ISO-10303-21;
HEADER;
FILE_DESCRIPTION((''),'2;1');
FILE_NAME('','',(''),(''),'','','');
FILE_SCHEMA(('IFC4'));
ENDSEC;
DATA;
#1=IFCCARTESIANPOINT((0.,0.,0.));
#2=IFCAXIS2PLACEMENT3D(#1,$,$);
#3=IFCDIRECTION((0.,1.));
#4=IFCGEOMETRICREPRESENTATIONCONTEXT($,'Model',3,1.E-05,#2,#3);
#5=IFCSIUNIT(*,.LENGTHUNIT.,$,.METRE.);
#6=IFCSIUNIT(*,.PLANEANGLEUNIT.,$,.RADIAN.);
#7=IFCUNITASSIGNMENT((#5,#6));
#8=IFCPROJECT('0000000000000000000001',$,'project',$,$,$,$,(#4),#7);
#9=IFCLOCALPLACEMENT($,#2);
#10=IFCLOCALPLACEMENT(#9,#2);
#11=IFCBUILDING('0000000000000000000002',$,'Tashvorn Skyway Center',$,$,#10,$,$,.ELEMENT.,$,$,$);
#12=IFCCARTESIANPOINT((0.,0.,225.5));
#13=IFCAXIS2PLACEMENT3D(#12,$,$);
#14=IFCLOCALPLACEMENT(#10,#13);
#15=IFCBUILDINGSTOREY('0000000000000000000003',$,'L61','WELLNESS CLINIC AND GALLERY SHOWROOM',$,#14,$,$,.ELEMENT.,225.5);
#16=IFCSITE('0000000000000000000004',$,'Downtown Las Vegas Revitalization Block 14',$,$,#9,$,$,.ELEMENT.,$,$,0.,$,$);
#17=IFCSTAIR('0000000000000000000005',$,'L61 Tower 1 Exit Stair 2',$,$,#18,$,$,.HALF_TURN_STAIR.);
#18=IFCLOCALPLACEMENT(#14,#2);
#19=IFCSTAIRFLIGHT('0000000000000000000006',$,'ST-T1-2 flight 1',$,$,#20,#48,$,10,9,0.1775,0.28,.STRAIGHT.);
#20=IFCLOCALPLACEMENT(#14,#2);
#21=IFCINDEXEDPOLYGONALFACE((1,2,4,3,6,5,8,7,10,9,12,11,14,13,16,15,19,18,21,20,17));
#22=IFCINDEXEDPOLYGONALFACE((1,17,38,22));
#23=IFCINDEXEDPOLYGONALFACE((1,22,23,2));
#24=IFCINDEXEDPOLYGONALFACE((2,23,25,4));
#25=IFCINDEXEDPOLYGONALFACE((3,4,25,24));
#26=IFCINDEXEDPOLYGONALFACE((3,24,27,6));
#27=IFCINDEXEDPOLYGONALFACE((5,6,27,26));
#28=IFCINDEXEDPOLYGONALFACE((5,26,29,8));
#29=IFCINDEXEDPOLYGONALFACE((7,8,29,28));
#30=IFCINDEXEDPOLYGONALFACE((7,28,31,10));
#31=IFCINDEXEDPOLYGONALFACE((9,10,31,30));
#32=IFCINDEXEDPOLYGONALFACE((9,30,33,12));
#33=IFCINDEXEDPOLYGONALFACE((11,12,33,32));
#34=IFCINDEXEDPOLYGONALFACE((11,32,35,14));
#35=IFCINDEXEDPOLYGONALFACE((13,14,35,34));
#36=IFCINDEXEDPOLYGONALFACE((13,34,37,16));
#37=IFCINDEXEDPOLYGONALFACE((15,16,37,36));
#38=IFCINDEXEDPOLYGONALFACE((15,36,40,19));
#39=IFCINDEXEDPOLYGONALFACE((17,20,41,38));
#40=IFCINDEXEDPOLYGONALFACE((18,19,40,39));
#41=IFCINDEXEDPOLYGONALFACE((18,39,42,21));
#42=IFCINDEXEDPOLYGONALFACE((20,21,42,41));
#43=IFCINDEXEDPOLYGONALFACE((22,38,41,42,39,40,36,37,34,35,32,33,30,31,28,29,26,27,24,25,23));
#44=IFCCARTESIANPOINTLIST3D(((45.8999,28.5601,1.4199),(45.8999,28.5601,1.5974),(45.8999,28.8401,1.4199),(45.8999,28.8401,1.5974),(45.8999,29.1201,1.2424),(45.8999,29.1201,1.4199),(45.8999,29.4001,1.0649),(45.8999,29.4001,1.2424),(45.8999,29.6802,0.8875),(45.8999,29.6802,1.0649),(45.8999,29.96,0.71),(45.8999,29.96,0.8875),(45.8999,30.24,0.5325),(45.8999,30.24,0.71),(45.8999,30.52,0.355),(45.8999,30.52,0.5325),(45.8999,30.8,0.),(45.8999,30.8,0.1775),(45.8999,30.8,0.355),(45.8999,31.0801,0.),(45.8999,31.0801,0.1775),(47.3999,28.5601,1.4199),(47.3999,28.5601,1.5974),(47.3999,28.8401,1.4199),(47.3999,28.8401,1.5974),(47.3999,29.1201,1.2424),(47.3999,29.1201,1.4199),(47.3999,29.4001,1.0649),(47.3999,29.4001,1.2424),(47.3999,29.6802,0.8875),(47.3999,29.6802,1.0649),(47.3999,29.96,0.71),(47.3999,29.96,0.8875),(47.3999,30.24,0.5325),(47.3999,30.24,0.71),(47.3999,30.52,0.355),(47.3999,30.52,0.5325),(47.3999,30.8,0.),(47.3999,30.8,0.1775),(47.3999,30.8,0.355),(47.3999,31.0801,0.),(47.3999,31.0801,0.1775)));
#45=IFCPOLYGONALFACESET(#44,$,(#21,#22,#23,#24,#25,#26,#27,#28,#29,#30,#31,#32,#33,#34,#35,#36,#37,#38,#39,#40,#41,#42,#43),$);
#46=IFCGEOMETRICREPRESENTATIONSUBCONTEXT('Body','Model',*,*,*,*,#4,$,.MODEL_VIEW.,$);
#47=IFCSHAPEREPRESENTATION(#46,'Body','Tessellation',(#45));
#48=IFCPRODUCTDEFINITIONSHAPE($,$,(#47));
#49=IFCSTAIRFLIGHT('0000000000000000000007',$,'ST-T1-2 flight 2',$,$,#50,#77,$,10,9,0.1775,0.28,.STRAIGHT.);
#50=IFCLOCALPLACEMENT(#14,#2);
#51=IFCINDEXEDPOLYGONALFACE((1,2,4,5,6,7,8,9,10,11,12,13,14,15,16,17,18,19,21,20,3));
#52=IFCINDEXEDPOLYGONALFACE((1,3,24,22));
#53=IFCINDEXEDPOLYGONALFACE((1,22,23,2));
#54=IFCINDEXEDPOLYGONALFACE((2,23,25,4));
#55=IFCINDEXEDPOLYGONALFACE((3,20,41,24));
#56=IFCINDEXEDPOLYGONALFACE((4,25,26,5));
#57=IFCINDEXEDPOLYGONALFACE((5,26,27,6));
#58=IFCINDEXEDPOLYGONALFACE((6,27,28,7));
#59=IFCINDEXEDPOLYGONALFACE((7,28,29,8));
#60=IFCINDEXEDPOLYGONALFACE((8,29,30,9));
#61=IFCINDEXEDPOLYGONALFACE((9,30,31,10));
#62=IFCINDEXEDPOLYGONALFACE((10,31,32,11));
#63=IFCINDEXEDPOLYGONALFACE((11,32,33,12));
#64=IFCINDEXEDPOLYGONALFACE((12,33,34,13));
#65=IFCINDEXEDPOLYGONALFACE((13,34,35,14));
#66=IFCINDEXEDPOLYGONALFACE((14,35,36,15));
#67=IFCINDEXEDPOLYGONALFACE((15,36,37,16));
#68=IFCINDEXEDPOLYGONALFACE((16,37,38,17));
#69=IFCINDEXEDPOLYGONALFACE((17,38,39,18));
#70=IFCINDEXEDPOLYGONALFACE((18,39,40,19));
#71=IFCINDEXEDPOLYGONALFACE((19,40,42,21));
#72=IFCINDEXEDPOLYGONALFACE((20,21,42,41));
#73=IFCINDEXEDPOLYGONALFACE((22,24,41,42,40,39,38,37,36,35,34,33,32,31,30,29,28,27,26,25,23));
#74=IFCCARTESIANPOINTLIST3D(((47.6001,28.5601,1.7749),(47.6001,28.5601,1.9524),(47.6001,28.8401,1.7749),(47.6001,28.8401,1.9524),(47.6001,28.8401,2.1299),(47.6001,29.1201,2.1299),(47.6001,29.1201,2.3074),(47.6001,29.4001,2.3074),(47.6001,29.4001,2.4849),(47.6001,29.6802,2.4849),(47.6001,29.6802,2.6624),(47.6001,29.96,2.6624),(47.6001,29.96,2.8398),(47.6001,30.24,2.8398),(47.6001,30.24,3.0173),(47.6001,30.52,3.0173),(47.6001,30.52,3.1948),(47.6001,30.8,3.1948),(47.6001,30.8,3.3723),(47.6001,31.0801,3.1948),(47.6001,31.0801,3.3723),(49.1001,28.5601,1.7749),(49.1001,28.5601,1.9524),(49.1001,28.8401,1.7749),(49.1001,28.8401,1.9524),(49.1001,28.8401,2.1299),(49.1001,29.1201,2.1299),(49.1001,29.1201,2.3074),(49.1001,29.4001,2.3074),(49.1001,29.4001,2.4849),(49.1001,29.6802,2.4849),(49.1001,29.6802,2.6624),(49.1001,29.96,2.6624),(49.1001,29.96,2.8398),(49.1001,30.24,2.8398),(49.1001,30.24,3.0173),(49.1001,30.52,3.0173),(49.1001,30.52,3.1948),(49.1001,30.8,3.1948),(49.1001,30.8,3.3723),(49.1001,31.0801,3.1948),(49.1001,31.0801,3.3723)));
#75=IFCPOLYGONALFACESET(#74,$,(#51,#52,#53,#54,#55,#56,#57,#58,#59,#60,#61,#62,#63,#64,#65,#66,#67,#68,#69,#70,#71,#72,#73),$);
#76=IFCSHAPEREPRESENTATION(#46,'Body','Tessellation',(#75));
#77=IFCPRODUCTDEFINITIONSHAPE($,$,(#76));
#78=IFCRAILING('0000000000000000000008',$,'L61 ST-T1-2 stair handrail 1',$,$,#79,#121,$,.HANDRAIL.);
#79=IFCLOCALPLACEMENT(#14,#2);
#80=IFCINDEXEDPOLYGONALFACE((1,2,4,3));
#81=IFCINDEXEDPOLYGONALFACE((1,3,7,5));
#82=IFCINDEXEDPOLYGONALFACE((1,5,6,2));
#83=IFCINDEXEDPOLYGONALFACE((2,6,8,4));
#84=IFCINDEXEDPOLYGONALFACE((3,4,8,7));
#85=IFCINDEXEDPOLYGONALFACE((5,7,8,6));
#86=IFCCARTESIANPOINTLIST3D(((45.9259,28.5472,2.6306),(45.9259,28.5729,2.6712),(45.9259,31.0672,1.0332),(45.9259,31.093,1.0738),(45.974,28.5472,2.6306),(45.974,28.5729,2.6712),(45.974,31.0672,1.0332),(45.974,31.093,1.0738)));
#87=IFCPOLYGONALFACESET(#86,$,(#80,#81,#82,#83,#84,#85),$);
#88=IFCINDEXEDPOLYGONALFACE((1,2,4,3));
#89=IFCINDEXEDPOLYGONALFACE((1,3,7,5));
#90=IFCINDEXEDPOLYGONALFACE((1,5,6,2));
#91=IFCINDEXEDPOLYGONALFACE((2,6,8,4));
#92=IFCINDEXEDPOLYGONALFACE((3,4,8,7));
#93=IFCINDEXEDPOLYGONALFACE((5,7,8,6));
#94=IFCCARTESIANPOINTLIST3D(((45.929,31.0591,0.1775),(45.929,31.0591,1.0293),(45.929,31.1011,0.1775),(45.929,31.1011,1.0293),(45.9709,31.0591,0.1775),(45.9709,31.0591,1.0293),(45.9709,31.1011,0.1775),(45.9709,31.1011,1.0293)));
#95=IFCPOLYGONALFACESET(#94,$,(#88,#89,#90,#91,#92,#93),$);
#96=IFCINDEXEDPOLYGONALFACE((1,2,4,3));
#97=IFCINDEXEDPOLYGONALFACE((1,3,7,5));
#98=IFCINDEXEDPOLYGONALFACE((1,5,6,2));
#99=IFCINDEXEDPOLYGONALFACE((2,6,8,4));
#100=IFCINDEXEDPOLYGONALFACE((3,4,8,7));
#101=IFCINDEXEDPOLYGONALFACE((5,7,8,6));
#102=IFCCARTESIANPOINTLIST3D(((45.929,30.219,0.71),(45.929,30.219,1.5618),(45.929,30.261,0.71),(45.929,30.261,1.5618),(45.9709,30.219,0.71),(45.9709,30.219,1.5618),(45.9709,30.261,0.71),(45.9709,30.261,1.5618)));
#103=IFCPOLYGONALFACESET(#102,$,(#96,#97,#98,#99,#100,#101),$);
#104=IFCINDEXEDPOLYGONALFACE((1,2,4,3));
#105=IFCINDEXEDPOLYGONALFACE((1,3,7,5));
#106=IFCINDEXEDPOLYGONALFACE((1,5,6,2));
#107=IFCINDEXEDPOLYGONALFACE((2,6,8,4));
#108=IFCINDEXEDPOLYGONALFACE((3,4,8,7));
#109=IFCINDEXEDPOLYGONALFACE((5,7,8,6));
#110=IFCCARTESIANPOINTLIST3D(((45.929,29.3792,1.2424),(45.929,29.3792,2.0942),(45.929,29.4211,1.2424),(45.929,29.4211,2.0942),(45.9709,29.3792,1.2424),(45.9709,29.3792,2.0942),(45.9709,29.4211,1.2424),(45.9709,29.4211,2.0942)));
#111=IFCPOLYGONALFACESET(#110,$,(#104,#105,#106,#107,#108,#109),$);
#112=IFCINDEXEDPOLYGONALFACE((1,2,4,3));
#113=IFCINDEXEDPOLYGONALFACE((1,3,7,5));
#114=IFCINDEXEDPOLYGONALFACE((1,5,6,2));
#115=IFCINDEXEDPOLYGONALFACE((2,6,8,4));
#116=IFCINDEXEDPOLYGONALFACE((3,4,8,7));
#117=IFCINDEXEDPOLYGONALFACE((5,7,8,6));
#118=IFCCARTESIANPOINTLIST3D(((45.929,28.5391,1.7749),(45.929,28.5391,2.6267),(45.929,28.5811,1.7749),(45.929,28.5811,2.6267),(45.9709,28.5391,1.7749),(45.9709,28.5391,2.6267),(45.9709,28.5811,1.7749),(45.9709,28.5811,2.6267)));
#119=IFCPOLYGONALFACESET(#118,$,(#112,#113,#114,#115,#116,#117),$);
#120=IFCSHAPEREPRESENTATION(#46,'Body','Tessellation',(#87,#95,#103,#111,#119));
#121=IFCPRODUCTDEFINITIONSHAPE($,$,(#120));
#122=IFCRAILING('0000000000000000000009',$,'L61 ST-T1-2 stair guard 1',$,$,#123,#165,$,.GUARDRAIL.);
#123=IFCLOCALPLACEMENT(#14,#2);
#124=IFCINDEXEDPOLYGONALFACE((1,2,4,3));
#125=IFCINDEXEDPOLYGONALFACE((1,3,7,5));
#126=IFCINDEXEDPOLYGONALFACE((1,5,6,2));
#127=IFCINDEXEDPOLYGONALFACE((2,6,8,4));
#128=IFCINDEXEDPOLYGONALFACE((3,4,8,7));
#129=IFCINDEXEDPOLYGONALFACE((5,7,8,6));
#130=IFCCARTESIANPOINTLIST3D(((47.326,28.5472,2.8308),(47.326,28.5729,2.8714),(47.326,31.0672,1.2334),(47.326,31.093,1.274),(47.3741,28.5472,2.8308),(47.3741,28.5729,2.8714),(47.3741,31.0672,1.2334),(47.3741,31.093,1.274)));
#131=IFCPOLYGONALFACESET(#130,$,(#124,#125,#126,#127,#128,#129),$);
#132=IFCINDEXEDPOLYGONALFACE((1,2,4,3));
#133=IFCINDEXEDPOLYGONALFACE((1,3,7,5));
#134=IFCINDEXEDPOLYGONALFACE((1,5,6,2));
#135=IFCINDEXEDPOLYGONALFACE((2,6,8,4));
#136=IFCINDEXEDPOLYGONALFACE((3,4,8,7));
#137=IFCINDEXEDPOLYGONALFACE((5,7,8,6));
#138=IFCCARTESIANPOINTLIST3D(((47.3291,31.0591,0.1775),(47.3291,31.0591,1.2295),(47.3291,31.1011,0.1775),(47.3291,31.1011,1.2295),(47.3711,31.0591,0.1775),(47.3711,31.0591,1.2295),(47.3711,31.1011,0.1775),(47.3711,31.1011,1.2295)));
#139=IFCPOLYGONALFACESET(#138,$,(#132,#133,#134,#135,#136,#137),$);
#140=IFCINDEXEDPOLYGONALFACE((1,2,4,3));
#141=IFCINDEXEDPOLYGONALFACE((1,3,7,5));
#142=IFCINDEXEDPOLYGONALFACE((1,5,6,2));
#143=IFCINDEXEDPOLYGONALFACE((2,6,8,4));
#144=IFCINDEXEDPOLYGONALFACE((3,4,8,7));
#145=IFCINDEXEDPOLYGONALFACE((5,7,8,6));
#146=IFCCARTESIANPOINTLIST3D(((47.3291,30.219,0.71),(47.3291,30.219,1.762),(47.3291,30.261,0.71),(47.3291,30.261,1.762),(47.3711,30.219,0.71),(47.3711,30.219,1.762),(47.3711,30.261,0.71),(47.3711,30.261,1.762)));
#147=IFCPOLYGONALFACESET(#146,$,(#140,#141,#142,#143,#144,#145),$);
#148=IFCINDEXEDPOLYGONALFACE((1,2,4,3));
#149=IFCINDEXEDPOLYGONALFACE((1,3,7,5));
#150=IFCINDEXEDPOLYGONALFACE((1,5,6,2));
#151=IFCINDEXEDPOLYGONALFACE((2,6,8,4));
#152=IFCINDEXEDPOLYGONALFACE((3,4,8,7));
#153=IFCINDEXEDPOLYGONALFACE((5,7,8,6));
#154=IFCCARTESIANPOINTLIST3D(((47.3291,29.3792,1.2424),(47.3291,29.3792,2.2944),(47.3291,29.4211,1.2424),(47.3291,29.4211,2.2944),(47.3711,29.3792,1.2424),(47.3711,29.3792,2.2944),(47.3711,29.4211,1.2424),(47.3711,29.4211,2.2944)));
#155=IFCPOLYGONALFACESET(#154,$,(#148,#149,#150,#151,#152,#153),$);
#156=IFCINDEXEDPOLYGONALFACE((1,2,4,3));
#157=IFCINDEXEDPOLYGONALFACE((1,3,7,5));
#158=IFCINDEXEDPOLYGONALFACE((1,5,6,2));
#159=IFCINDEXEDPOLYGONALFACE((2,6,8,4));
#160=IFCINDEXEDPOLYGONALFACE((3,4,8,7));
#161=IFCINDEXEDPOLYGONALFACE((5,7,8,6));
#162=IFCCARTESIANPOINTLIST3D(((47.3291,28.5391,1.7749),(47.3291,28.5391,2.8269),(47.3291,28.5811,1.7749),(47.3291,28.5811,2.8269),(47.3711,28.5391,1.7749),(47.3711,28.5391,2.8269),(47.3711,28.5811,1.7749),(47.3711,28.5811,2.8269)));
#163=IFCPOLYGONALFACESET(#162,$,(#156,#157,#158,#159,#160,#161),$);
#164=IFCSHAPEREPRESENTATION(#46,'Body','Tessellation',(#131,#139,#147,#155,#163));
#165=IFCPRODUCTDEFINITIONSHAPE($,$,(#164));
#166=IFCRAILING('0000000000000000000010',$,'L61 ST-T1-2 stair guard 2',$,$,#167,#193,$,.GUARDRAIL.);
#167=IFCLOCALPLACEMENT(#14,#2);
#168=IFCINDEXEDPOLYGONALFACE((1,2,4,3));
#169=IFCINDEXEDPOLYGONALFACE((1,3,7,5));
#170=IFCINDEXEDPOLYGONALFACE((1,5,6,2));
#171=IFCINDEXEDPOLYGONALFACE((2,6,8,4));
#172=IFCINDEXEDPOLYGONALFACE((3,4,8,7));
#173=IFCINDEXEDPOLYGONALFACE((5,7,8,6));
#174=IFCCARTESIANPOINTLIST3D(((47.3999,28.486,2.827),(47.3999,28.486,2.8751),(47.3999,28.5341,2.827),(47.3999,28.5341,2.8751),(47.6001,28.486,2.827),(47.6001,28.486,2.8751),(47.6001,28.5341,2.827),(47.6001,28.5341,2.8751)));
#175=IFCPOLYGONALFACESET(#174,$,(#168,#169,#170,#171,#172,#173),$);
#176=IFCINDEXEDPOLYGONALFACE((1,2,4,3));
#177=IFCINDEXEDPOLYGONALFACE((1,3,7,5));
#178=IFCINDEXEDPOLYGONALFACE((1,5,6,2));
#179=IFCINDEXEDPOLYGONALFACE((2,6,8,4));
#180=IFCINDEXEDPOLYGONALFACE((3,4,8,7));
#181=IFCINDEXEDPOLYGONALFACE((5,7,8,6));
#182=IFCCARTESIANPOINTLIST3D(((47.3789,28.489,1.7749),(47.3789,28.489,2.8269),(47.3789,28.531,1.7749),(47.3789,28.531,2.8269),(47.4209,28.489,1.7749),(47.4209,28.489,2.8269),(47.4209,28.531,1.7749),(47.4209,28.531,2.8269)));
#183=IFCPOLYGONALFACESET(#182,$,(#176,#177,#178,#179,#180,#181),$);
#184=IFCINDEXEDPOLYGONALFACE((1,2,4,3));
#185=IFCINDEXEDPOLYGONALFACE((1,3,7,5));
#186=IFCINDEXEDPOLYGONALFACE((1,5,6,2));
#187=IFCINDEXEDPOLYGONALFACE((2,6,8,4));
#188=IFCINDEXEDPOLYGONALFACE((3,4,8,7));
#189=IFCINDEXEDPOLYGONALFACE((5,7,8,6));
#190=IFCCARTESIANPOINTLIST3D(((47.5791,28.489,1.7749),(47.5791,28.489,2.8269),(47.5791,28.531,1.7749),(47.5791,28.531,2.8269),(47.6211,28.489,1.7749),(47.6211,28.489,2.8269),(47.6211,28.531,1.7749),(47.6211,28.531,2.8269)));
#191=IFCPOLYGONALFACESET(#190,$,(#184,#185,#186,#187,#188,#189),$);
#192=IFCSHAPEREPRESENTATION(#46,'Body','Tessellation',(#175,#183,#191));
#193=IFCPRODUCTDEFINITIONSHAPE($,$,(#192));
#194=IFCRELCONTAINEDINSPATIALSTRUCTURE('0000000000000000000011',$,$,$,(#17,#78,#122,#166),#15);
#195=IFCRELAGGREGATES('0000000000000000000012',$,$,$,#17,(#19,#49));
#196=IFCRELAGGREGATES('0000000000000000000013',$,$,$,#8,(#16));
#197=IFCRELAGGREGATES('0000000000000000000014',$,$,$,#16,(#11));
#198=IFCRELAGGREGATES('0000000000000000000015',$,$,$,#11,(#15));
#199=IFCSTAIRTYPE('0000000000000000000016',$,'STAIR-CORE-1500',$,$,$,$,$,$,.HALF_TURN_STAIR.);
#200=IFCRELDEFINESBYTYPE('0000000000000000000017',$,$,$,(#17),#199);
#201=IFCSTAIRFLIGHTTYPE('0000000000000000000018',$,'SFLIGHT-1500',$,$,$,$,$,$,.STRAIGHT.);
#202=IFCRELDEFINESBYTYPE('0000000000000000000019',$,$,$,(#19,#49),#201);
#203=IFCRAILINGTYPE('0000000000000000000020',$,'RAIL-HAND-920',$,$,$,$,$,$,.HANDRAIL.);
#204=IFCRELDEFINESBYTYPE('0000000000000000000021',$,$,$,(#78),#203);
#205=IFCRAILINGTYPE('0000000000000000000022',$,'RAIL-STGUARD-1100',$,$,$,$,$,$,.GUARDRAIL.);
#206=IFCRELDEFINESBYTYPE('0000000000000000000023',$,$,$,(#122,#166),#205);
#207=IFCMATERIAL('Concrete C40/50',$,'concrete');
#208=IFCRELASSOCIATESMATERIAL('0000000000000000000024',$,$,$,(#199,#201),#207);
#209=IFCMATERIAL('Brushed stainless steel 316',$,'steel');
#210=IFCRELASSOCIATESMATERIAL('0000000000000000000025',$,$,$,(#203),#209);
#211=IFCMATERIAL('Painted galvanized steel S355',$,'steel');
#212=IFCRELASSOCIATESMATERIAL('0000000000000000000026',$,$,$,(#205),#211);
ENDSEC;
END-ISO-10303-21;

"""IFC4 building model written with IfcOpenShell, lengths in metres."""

from ifc_helpers import new_model, si_unit, direction, frame, origin, origin_2d, place, context, subcontext, project, spatial, polyline, rectangle, outline, extrude, material, type_object, element, aggregate, save


model = new_model("IFC4")

# Units and contexts
model_context = context("Model", 3, precision=1e-05, world=origin(), true_north=direction((0.0, 1.0)))
body_context = subcontext(model_context, "Body", "Model", "MODEL_VIEW")
ifc_project = project(units=[si_unit("LENGTHUNIT", "METRE"), si_unit("PLANEANGLEUNIT", "RADIAN")], contexts=[model_context])

# Site, building, storey
site_placement = place(None, origin())
site = spatial("IfcSite", under=ifc_project, at=site_placement, Name="Downtown Las Vegas Revitalization Block 14", CompositionType="ELEMENT", RefElevation=0.0)
building_placement = place(site_placement, origin())
building = spatial("IfcBuilding", under=site, at=building_placement, Name="Tashvorn Skyway Center", CompositionType="ELEMENT")
storey_placement = place(building_placement, frame((0.0, 0.0, 225.5)))
storey = spatial("IfcBuildingStorey", under=building, at=storey_placement, Name="L61", Description="WELLNESS CLINIC AND GALLERY SHOWROOM", CompositionType="ELEMENT", Elevation=225.5)

# Shared definitions
ifc_material_1 = material(Name="Concrete C40/50", Category="concrete")

# Stair, stair flights
stair_type = type_object("IfcStairType", Name="STAIR-CORE-1500", PredefinedType="HALF_TURN_STAIR", material=ifc_material_1)
stair_placement = place(storey_placement, origin())
stair = element("IfcStair", 1, at=stair_placement, inside=storey, type_object=stair_type, Name="L61 Tower 1 Exit Stair 2", PredefinedType="HALF_TURN_STAIR")
stair_flight_type = type_object("IfcStairFlightType", Name="SFLIGHT-1500", PredefinedType="STRAIGHT", material=ifc_material_1)
stair_flight_1_placement = place(storey_placement, frame((46.6499, 31.0801, 0.0), z_axis=(0.0, 0.0, 1.0), x_axis=(0.0, -1.0, 0.0)))
stair_flight_1 = element("IfcStairFlight", 2, at=stair_flight_1_placement, type_object=stair_flight_type, Name="ST-T1-2 flight 1", NumberOfRisers=10, NumberOfTreads=9, PredefinedType="STRAIGHT", RiserHeight=0.1775, TreadLength=0.28, context=body_context, shape_type="SweptSolid", body=[
    extrude(outline(polyline([(0.0, 0.0), (0.0, 0.1775), (0.28, 0.1775), (0.28, 0.355), (0.5601, 0.355), (0.5601, 0.5325), (0.8401, 0.5325), (0.8401, 0.71), (1.1201, 0.71), (1.1201, 0.8875), (1.3999, 0.8875), (1.3999, 1.0649), (1.6799, 1.0649), (1.6799, 1.2424), (1.96, 1.2424), (1.96, 1.4199), (2.24, 1.4199), (2.24, 1.5974), (2.52, 1.5974), (2.52, 1.7749), (2.52, 1.4199), (0.28, 0.0), (0.0, 0.0)])), frame((0.0, 0.75, 0.0), z_axis=(0.0, -1.0, 0.0), x_axis=(1.0, 0.0, 0.0)), (0.0, 0.0, 1.0), 1.5),
])
stair_flight_2_placement = place(storey_placement, frame((48.3501, 28.5601, 1.7749), z_axis=(0.0, 0.0, 1.0), x_axis=(0.0, 1.0, 0.0)))
stair_flight_2 = element("IfcStairFlight", 3, at=stair_flight_2_placement, type_object=stair_flight_type, Name="ST-T1-2 flight 2", NumberOfRisers=10, NumberOfTreads=9, PredefinedType="STRAIGHT", RiserHeight=0.1775, TreadLength=0.28, context=body_context, shape_type="SweptSolid", body=[
    extrude(outline(polyline([(0.0, 0.0), (0.0, 0.1775), (0.28, 0.1775), (0.28, 0.355), (0.5601, 0.355), (0.5601, 0.5325), (0.8401, 0.5325), (0.8401, 0.71), (1.1201, 0.71), (1.1201, 0.8875), (1.3999, 0.8875), (1.3999, 1.0649), (1.6799, 1.0649), (1.6799, 1.2424), (1.96, 1.2424), (1.96, 1.4199), (2.24, 1.4199), (2.24, 1.5974), (2.52, 1.5974), (2.52, 1.7749), (2.52, 1.4199), (0.28, 0.0), (0.0, 0.0)])), frame((0.0, 0.75, 0.0), z_axis=(0.0, -1.0, 0.0), x_axis=(1.0, 0.0, 0.0)), (0.0, 0.0, 1.0), 1.5),
])
aggregate(stair, [stair_flight_1, stair_flight_2])

# Railings
ifc_material_2 = material(Name="Brushed stainless steel 316", Category="steel")
railing_type_1 = type_object("IfcRailingType", Name="RAIL-HAND-920", PredefinedType="HANDRAIL", material=ifc_material_2)
railing_1_placement = place(storey_placement, frame((45.95, 31.0801, 0.1775)))
element("IfcRailing", 4, at=railing_1_placement, inside=storey, type_object=railing_type_1, Name="L61 ST-T1-2 stair handrail 1", PredefinedType="HANDRAIL", context=body_context, shape_type="SweptSolid", body=[
    extrude(rectangle(XDim=0.0481, YDim=0.0481, at=origin_2d()), frame((0.0, 0.0, 0.876), z_axis=(0.0, -0.844607, 0.535387), x_axis=(1.0, 0.0, 0.0)), (0.0, 0.0, 1.0), 2.9836),
    extrude(rectangle(XDim=0.042, YDim=0.042, at=origin_2d()), origin(), (0.0, 0.0, 1.0), 0.8518),
    extrude(rectangle(XDim=0.042, YDim=0.042, at=origin_2d()), frame((0.0, -0.8401, 0.5325)), (0.0, 0.0, 1.0), 0.8518),
    extrude(rectangle(XDim=0.042, YDim=0.042, at=origin_2d()), frame((0.0, -1.6799, 1.0649)), (0.0, 0.0, 1.0), 0.8518),
    extrude(rectangle(XDim=0.042, YDim=0.042, at=origin_2d()), frame((0.0, -2.52, 1.5974)), (0.0, 0.0, 1.0), 0.8518),
])
ifc_material_3 = material(Name="Painted galvanized steel S355", Category="steel")
railing_type_2 = type_object("IfcRailingType", Name="RAIL-STGUARD-1100", PredefinedType="GUARDRAIL", material=ifc_material_3)
railing_2_placement = place(storey_placement, frame((47.3501, 31.0801, 0.1775)))
element("IfcRailing", 5, at=railing_2_placement, inside=storey, type_object=railing_type_2, Name="L61 ST-T1-2 stair guard 1", PredefinedType="GUARDRAIL", context=body_context, shape_type="SweptSolid", body=[
    extrude(rectangle(XDim=0.0481, YDim=0.0481, at=origin_2d()), frame((0.0, 0.0, 1.0762), z_axis=(0.0, -0.844607, 0.535387), x_axis=(1.0, 0.0, 0.0)), (0.0, 0.0, 1.0), 2.9836),
    extrude(rectangle(XDim=0.042, YDim=0.042, at=origin_2d()), origin(), (0.0, 0.0, 1.0), 1.052),
    extrude(rectangle(XDim=0.042, YDim=0.042, at=origin_2d()), frame((0.0, -0.8401, 0.5325)), (0.0, 0.0, 1.0), 1.052),
    extrude(rectangle(XDim=0.042, YDim=0.042, at=origin_2d()), frame((0.0, -1.6799, 1.0649)), (0.0, 0.0, 1.0), 1.052),
    extrude(rectangle(XDim=0.042, YDim=0.042, at=origin_2d()), frame((0.0, -2.52, 1.5974)), (0.0, 0.0, 1.0), 1.052),
])
railing_3_placement = place(storey_placement, frame((47.3999, 28.51, 1.7749)))
element("IfcRailing", 6, at=railing_3_placement, inside=storey, type_object=railing_type_2, Name="L61 ST-T1-2 stair guard 2", PredefinedType="GUARDRAIL", context=body_context, shape_type="SweptSolid", body=[
    extrude(rectangle(XDim=0.0481, YDim=0.0481, at=origin_2d()), frame((0.0, 0.0, 1.0762), z_axis=(1.0, 0.0, 0.0), x_axis=(0.0, 1.0, 0.0)), (0.0, 0.0, 1.0), 0.2002),
    extrude(rectangle(XDim=0.042, YDim=0.042, at=origin_2d()), origin(), (0.0, 0.0, 1.0), 1.052),
    extrude(rectangle(XDim=0.042, YDim=0.042, at=origin_2d()), frame((0.2002, 0.0, 0.0)), (0.0, 0.0, 1.0), 1.052),
])

save(model, "model.ifc")
